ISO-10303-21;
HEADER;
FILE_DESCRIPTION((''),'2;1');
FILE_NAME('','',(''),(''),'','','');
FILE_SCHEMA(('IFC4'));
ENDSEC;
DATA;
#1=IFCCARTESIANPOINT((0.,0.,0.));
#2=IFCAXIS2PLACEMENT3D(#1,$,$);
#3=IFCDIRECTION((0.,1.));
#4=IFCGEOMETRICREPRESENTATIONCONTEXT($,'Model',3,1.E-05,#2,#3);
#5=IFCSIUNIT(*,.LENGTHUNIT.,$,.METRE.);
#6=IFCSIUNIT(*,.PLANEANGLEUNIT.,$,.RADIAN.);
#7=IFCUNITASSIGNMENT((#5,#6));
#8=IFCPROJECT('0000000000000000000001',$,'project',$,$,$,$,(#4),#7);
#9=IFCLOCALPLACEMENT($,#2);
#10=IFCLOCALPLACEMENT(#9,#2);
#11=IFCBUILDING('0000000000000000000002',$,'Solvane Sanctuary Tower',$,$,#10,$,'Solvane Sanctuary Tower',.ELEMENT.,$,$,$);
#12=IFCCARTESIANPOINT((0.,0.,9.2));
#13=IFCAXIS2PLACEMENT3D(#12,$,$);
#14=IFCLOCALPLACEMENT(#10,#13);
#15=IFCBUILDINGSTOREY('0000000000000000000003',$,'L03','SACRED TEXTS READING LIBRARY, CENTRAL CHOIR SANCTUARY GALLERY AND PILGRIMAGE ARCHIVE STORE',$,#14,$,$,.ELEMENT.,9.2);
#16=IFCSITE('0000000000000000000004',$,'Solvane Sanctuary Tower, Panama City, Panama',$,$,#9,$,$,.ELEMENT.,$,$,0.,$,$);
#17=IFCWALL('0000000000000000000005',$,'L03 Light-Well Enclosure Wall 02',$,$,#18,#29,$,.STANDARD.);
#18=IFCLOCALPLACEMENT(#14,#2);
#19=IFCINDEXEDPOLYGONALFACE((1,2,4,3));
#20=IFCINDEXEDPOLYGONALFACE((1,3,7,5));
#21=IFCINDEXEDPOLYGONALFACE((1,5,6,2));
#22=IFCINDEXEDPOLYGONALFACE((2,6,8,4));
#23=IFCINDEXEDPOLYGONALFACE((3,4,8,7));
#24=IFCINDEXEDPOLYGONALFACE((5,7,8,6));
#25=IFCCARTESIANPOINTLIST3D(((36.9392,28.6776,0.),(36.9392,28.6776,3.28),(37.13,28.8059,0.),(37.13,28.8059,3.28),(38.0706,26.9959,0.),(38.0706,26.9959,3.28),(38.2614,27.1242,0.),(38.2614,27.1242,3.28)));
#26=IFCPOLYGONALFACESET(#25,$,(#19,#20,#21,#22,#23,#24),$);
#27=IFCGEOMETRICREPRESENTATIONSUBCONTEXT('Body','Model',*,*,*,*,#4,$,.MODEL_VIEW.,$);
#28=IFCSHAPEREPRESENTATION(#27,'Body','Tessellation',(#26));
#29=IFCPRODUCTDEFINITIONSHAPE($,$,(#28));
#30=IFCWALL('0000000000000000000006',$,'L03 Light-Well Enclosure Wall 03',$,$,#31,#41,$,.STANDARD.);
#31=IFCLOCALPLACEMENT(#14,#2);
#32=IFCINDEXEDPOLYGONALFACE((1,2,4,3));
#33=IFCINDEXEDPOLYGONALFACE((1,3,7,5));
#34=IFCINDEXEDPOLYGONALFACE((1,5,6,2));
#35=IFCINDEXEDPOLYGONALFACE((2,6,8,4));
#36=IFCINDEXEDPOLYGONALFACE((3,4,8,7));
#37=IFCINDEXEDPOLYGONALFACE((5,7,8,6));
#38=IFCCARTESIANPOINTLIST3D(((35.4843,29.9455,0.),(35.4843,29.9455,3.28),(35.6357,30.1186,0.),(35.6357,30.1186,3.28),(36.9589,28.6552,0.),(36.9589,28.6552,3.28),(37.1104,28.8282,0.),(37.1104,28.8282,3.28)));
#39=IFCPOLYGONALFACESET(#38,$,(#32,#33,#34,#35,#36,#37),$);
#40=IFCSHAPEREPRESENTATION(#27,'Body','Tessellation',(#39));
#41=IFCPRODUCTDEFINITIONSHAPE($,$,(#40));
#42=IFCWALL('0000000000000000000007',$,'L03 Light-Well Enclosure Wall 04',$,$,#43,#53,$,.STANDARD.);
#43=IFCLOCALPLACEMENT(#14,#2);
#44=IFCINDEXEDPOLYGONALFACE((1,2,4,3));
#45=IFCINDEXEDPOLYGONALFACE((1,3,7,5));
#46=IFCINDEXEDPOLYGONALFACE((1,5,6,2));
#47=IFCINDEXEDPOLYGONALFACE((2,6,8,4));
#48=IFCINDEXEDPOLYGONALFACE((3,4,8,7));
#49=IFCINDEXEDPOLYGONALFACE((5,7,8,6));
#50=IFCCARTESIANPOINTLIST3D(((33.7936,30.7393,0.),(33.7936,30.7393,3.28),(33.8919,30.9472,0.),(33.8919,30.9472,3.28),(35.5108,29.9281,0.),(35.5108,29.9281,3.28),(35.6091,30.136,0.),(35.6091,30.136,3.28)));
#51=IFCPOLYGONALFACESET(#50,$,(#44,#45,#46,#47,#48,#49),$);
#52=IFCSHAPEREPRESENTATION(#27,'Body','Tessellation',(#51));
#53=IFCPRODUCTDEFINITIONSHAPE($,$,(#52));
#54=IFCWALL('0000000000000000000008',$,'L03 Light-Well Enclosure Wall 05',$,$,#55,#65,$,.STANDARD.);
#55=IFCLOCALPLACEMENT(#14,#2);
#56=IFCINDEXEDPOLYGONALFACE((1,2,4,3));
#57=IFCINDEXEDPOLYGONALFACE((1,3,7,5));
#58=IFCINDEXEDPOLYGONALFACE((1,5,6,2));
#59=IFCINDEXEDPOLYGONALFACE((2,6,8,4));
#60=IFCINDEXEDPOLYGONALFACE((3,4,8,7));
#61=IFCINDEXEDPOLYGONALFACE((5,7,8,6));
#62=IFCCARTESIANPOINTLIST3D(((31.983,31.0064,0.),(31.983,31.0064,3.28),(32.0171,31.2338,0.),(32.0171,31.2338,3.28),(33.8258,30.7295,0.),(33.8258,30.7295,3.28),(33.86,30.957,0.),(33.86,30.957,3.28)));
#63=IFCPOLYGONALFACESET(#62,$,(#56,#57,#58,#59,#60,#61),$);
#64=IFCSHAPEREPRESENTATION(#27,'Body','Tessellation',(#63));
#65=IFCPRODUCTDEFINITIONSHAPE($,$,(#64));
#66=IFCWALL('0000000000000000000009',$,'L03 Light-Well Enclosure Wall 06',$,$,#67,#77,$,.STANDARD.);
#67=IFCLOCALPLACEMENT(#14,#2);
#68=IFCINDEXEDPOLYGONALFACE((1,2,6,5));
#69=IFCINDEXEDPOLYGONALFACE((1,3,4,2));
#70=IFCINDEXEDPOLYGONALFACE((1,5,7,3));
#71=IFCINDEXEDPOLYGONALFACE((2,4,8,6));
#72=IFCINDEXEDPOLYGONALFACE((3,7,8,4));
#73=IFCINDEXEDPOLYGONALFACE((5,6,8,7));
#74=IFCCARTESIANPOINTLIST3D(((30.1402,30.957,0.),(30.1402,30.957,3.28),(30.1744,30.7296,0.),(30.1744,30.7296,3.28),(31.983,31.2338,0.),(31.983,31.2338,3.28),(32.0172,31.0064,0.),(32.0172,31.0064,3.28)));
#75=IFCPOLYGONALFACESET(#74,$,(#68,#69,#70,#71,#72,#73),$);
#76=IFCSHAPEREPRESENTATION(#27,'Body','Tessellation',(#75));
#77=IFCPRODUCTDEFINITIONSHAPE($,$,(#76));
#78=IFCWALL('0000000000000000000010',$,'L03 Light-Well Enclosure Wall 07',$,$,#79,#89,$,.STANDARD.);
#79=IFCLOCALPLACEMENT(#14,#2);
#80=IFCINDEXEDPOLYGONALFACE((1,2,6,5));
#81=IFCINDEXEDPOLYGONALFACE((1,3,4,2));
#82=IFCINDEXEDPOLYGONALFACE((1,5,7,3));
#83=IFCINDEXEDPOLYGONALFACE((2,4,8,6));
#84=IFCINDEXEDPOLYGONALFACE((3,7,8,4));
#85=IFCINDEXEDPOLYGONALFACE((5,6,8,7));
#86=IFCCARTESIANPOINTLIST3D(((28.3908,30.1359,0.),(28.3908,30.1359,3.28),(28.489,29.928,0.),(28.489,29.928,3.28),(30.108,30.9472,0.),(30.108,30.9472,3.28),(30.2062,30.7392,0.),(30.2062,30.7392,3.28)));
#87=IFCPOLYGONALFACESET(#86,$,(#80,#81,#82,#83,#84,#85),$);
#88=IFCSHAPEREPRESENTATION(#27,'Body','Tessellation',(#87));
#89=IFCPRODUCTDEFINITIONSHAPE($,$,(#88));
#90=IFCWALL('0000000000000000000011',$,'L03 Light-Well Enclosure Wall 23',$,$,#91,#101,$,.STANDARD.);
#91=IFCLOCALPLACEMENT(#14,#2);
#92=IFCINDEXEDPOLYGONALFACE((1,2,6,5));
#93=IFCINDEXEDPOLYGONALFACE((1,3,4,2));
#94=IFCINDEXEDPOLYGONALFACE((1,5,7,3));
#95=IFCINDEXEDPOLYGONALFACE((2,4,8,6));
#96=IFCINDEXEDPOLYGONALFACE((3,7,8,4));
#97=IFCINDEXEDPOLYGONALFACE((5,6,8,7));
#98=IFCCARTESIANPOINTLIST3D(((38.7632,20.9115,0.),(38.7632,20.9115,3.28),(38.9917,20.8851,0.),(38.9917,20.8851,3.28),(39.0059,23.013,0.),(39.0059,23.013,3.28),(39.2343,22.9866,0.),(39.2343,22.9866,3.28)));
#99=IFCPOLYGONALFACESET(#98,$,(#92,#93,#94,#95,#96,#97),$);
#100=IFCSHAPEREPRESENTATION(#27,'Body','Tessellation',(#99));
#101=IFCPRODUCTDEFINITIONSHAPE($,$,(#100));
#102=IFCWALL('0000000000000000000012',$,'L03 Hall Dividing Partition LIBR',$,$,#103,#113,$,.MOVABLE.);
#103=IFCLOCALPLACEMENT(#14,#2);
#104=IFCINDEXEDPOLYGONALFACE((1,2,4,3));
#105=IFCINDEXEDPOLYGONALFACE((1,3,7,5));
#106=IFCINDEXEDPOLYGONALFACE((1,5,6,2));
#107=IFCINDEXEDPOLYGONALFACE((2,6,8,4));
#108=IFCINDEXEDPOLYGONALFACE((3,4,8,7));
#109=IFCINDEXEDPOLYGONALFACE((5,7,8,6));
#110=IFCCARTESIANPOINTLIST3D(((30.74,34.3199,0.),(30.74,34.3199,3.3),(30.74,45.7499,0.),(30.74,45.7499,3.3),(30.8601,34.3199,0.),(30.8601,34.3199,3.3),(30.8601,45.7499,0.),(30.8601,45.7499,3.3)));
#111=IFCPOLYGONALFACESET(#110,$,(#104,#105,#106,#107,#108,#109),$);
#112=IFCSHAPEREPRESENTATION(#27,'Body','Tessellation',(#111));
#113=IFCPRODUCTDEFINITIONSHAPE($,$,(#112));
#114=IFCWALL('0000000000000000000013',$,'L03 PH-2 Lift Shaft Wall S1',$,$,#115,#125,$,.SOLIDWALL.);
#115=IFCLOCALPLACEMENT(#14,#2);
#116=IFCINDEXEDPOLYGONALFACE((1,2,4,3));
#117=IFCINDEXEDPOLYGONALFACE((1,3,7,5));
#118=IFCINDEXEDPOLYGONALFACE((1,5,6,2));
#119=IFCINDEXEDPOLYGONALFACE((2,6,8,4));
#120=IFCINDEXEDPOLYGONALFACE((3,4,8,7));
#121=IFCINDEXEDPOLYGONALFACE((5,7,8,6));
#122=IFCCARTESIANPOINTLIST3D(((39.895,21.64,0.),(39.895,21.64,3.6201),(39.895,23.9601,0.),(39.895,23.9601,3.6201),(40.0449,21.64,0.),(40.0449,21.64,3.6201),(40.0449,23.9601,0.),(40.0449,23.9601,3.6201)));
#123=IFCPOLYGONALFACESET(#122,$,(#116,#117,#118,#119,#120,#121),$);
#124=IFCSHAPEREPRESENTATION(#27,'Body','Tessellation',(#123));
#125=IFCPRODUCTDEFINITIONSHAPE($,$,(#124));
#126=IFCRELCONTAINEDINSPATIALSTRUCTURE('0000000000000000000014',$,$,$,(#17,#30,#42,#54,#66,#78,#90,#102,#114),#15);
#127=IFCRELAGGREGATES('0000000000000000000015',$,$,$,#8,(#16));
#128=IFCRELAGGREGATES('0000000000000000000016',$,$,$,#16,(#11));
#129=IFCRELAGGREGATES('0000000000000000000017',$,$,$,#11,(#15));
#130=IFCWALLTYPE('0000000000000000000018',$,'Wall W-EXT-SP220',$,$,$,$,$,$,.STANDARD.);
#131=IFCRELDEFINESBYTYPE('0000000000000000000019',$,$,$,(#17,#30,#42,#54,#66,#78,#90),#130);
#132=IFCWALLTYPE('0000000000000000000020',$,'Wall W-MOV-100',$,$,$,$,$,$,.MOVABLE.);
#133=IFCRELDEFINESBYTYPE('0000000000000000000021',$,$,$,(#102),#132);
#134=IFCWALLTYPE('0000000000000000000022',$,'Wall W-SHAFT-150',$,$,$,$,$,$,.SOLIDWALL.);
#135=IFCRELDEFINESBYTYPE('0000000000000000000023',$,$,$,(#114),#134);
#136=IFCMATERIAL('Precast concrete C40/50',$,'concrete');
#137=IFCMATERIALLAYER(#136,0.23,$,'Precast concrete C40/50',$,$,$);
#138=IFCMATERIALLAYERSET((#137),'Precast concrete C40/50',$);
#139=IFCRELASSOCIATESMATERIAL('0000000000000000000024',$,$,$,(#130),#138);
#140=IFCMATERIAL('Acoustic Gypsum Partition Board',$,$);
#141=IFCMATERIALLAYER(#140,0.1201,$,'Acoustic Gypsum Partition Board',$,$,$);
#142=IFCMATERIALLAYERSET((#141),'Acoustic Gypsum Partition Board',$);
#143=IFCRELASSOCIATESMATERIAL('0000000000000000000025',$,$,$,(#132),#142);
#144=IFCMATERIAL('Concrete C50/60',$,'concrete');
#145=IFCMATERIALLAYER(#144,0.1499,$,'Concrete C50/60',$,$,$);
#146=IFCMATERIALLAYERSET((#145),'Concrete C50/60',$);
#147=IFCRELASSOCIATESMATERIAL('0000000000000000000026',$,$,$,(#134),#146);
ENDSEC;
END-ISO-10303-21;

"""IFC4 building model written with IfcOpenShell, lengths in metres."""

from ifc_helpers import new_model, si_unit, direction, frame, frame_2d, origin, place, context, subcontext, project, spatial, rectangle, extrude, material, layer, layer_set, type_object, element, save


model = new_model("IFC4")

# Units and contexts
model_context = context("Model", 3, precision=1e-05, world=origin(), true_north=direction((0.0, 1.0)))
body_context = subcontext(model_context, "Body", "Model", "MODEL_VIEW")
ifc_project = project(units=[si_unit("LENGTHUNIT", "METRE"), si_unit("PLANEANGLEUNIT", "RADIAN")], contexts=[model_context])

# Site, building, storey
site_placement = place(None, origin())
site = spatial("IfcSite", under=ifc_project, at=site_placement, Name="Solvane Sanctuary Tower, Panama City, Panama", CompositionType="ELEMENT", RefElevation=0.0)
building_placement = place(site_placement, origin())
building = spatial("IfcBuilding", under=site, at=building_placement, Name="Solvane Sanctuary Tower", LongName="Solvane Sanctuary Tower", CompositionType="ELEMENT")
storey_placement = place(building_placement, frame((0.0, 0.0, 9.2)))
storey = spatial("IfcBuildingStorey", under=building, at=storey_placement, Name="L03", Description="SACRED TEXTS READING LIBRARY, CENTRAL CHOIR SANCTUARY GALLERY AND PILGRIMAGE ARCHIVE STORE", CompositionType="ELEMENT", Elevation=9.2)

# Shared definitions
ifc_material_1 = material(Name="Acoustic Gypsum Partition Board")

# Walls
ifc_material_2 = material(Name="Precast concrete C40/50", Category="concrete")
ifc_layer_1 = layer(ifc_material_2, 0.23, Name="Precast concrete C40/50")
ifc_layer_set_1 = layer_set([ifc_layer_1], Name="Precast concrete C40/50")
wall_type_1 = type_object("IfcWallType", Name="Wall W-EXT-SP220", PredefinedType="STANDARD", material=ifc_layer_set_1)
wall_1_placement = place(storey_placement, frame((38.166, 27.0601, 0.0), z_axis=(0.0, 0.0, 1.0), x_axis=(-0.558198, 0.829708, 0.0)))
element("IfcWall", 1, at=wall_1_placement, inside=storey, type_object=wall_type_1, Name="L03 Light-Well Enclosure Wall 02", PredefinedType="STANDARD", context=body_context, shape_type="SweptSolid", body=[
    extrude(rectangle(XDim=2.0269, YDim=0.23, at=frame_2d((1.0134, 0.0))), origin(), (0.0, 0.0, 1.0), 3.28),
])
wall_2_placement = place(storey_placement, frame((37.0347, 28.7417, 0.0), z_axis=(0.0, 0.0, 1.0), x_axis=(-0.752577, 0.658505, 0.0)))
element("IfcWall", 2, at=wall_2_placement, inside=storey, type_object=wall_type_1, Name="L03 Light-Well Enclosure Wall 03", PredefinedType="STANDARD", context=body_context, shape_type="SweptSolid", body=[
    extrude(rectangle(XDim=1.9595, YDim=0.23, at=frame_2d((0.9797, 0.0))), origin(), (0.0, 0.0, 1.0), 3.28),
])
wall_3_placement = place(storey_placement, frame((35.5601, 30.032, 0.0), z_axis=(0.0, 0.0, 1.0), x_axis=(-0.90418, 0.427152, 0.0)))
element("IfcWall", 3, at=wall_3_placement, inside=storey, type_object=wall_type_1, Name="L03 Light-Well Enclosure Wall 04", PredefinedType="STANDARD", context=body_context, shape_type="SweptSolid", body=[
    extrude(rectangle(XDim=1.8992, YDim=0.23, at=frame_2d((0.9497, 0.0))), origin(), (0.0, 0.0, 1.0), 3.28),
])
for number, where, z_axis, x_axis, name in (
    (4, (33.8428, 30.8433, 0.0), (0.0, 0.0, 1.0), (-0.988902, 0.148571, 0.0), "L03 Light-Well Enclosure Wall 05"),
    (5, (32.0, 31.1201, 0.0), (0.0, 0.0, 1.0), (-0.988902, -0.148571, 0.0), "L03 Light-Well Enclosure Wall 06"),
):
    element("IfcWall", number, at=place(storey_placement, frame(where, z_axis=z_axis, x_axis=x_axis)), inside=storey, type_object=wall_type_1, Name=name, PredefinedType="STANDARD", context=body_context, shape_type="SweptSolid", body=[
        extrude(rectangle(XDim=1.8635, YDim=0.23, at=frame_2d((0.9316, 0.0))), origin(), (0.0, 0.0, 1.0), 3.28),
    ])
wall_4_placement = place(storey_placement, frame((30.1572, 30.8433, 0.0), z_axis=(0.0, 0.0, 1.0), x_axis=(-0.90418, -0.427152, 0.0)))
element("IfcWall", 6, at=wall_4_placement, inside=storey, type_object=wall_type_1, Name="L03 Light-Well Enclosure Wall 07", PredefinedType="STANDARD", context=body_context, shape_type="SweptSolid", body=[
    extrude(rectangle(XDim=1.8992, YDim=0.23, at=frame_2d((0.9497, 0.0))), origin(), (0.0, 0.0, 1.0), 3.28),
])
wall_5_placement = place(storey_placement, frame((38.8774, 20.8984, 0.0), z_axis=(0.0, 0.0, 1.0), x_axis=(0.114712, 0.993399, 0.0)))
element("IfcWall", 7, at=wall_5_placement, inside=storey, type_object=wall_type_1, Name="L03 Light-Well Enclosure Wall 23", PredefinedType="STANDARD", context=body_context, shape_type="SweptSolid", body=[
    extrude(rectangle(XDim=2.1155, YDim=0.23, at=frame_2d((1.0576, 0.0))), origin(), (0.0, 0.0, 1.0), 3.28),
])
ifc_layer_2 = layer(ifc_material_1, 0.1201, Name="Acoustic Gypsum Partition Board")
ifc_layer_set_2 = layer_set([ifc_layer_2], Name="Acoustic Gypsum Partition Board")
wall_type_2 = type_object("IfcWallType", Name="Wall W-MOV-100", PredefinedType="MOVABLE", material=ifc_layer_set_2)
wall_6_placement = place(storey_placement, frame((30.8, 34.3201, 0.0), z_axis=(0.0, 0.0, 1.0), x_axis=(0.0, 1.0, 0.0)))
element("IfcWall", 8, at=wall_6_placement, inside=storey, type_object=wall_type_2, Name="L03 Hall Dividing Partition LIBR", PredefinedType="MOVABLE", context=body_context, shape_type="SweptSolid", body=[
    extrude(rectangle(XDim=11.4299, YDim=0.1201, at=frame_2d((5.7148, 0.0))), origin(), (0.0, 0.0, 1.0), 3.3),
])
ifc_material_3 = material(Name="Concrete C50/60", Category="concrete")
ifc_layer_3 = layer(ifc_material_3, 0.1499, Name="Concrete C50/60")
ifc_layer_set_3 = layer_set([ifc_layer_3], Name="Concrete C50/60")
wall_type_3 = type_object("IfcWallType", Name="Wall W-SHAFT-150", PredefinedType="SOLIDWALL", material=ifc_layer_set_3)
wall_7_placement = place(storey_placement, frame((39.97, 21.6399, 0.0), z_axis=(0.0, 0.0, 1.0), x_axis=(0.0, 1.0, 0.0)))
element("IfcWall", 9, at=wall_7_placement, inside=storey, type_object=wall_type_3, Name="L03 PH-2 Lift Shaft Wall S1", PredefinedType="SOLIDWALL", context=body_context, shape_type="SweptSolid", body=[
    extrude(rectangle(XDim=2.3201, YDim=0.1499, at=frame_2d((1.1602, 0.0))), origin(), (0.0, 0.0, 1.0), 3.6201),
])

save(model, "model.ifc")
